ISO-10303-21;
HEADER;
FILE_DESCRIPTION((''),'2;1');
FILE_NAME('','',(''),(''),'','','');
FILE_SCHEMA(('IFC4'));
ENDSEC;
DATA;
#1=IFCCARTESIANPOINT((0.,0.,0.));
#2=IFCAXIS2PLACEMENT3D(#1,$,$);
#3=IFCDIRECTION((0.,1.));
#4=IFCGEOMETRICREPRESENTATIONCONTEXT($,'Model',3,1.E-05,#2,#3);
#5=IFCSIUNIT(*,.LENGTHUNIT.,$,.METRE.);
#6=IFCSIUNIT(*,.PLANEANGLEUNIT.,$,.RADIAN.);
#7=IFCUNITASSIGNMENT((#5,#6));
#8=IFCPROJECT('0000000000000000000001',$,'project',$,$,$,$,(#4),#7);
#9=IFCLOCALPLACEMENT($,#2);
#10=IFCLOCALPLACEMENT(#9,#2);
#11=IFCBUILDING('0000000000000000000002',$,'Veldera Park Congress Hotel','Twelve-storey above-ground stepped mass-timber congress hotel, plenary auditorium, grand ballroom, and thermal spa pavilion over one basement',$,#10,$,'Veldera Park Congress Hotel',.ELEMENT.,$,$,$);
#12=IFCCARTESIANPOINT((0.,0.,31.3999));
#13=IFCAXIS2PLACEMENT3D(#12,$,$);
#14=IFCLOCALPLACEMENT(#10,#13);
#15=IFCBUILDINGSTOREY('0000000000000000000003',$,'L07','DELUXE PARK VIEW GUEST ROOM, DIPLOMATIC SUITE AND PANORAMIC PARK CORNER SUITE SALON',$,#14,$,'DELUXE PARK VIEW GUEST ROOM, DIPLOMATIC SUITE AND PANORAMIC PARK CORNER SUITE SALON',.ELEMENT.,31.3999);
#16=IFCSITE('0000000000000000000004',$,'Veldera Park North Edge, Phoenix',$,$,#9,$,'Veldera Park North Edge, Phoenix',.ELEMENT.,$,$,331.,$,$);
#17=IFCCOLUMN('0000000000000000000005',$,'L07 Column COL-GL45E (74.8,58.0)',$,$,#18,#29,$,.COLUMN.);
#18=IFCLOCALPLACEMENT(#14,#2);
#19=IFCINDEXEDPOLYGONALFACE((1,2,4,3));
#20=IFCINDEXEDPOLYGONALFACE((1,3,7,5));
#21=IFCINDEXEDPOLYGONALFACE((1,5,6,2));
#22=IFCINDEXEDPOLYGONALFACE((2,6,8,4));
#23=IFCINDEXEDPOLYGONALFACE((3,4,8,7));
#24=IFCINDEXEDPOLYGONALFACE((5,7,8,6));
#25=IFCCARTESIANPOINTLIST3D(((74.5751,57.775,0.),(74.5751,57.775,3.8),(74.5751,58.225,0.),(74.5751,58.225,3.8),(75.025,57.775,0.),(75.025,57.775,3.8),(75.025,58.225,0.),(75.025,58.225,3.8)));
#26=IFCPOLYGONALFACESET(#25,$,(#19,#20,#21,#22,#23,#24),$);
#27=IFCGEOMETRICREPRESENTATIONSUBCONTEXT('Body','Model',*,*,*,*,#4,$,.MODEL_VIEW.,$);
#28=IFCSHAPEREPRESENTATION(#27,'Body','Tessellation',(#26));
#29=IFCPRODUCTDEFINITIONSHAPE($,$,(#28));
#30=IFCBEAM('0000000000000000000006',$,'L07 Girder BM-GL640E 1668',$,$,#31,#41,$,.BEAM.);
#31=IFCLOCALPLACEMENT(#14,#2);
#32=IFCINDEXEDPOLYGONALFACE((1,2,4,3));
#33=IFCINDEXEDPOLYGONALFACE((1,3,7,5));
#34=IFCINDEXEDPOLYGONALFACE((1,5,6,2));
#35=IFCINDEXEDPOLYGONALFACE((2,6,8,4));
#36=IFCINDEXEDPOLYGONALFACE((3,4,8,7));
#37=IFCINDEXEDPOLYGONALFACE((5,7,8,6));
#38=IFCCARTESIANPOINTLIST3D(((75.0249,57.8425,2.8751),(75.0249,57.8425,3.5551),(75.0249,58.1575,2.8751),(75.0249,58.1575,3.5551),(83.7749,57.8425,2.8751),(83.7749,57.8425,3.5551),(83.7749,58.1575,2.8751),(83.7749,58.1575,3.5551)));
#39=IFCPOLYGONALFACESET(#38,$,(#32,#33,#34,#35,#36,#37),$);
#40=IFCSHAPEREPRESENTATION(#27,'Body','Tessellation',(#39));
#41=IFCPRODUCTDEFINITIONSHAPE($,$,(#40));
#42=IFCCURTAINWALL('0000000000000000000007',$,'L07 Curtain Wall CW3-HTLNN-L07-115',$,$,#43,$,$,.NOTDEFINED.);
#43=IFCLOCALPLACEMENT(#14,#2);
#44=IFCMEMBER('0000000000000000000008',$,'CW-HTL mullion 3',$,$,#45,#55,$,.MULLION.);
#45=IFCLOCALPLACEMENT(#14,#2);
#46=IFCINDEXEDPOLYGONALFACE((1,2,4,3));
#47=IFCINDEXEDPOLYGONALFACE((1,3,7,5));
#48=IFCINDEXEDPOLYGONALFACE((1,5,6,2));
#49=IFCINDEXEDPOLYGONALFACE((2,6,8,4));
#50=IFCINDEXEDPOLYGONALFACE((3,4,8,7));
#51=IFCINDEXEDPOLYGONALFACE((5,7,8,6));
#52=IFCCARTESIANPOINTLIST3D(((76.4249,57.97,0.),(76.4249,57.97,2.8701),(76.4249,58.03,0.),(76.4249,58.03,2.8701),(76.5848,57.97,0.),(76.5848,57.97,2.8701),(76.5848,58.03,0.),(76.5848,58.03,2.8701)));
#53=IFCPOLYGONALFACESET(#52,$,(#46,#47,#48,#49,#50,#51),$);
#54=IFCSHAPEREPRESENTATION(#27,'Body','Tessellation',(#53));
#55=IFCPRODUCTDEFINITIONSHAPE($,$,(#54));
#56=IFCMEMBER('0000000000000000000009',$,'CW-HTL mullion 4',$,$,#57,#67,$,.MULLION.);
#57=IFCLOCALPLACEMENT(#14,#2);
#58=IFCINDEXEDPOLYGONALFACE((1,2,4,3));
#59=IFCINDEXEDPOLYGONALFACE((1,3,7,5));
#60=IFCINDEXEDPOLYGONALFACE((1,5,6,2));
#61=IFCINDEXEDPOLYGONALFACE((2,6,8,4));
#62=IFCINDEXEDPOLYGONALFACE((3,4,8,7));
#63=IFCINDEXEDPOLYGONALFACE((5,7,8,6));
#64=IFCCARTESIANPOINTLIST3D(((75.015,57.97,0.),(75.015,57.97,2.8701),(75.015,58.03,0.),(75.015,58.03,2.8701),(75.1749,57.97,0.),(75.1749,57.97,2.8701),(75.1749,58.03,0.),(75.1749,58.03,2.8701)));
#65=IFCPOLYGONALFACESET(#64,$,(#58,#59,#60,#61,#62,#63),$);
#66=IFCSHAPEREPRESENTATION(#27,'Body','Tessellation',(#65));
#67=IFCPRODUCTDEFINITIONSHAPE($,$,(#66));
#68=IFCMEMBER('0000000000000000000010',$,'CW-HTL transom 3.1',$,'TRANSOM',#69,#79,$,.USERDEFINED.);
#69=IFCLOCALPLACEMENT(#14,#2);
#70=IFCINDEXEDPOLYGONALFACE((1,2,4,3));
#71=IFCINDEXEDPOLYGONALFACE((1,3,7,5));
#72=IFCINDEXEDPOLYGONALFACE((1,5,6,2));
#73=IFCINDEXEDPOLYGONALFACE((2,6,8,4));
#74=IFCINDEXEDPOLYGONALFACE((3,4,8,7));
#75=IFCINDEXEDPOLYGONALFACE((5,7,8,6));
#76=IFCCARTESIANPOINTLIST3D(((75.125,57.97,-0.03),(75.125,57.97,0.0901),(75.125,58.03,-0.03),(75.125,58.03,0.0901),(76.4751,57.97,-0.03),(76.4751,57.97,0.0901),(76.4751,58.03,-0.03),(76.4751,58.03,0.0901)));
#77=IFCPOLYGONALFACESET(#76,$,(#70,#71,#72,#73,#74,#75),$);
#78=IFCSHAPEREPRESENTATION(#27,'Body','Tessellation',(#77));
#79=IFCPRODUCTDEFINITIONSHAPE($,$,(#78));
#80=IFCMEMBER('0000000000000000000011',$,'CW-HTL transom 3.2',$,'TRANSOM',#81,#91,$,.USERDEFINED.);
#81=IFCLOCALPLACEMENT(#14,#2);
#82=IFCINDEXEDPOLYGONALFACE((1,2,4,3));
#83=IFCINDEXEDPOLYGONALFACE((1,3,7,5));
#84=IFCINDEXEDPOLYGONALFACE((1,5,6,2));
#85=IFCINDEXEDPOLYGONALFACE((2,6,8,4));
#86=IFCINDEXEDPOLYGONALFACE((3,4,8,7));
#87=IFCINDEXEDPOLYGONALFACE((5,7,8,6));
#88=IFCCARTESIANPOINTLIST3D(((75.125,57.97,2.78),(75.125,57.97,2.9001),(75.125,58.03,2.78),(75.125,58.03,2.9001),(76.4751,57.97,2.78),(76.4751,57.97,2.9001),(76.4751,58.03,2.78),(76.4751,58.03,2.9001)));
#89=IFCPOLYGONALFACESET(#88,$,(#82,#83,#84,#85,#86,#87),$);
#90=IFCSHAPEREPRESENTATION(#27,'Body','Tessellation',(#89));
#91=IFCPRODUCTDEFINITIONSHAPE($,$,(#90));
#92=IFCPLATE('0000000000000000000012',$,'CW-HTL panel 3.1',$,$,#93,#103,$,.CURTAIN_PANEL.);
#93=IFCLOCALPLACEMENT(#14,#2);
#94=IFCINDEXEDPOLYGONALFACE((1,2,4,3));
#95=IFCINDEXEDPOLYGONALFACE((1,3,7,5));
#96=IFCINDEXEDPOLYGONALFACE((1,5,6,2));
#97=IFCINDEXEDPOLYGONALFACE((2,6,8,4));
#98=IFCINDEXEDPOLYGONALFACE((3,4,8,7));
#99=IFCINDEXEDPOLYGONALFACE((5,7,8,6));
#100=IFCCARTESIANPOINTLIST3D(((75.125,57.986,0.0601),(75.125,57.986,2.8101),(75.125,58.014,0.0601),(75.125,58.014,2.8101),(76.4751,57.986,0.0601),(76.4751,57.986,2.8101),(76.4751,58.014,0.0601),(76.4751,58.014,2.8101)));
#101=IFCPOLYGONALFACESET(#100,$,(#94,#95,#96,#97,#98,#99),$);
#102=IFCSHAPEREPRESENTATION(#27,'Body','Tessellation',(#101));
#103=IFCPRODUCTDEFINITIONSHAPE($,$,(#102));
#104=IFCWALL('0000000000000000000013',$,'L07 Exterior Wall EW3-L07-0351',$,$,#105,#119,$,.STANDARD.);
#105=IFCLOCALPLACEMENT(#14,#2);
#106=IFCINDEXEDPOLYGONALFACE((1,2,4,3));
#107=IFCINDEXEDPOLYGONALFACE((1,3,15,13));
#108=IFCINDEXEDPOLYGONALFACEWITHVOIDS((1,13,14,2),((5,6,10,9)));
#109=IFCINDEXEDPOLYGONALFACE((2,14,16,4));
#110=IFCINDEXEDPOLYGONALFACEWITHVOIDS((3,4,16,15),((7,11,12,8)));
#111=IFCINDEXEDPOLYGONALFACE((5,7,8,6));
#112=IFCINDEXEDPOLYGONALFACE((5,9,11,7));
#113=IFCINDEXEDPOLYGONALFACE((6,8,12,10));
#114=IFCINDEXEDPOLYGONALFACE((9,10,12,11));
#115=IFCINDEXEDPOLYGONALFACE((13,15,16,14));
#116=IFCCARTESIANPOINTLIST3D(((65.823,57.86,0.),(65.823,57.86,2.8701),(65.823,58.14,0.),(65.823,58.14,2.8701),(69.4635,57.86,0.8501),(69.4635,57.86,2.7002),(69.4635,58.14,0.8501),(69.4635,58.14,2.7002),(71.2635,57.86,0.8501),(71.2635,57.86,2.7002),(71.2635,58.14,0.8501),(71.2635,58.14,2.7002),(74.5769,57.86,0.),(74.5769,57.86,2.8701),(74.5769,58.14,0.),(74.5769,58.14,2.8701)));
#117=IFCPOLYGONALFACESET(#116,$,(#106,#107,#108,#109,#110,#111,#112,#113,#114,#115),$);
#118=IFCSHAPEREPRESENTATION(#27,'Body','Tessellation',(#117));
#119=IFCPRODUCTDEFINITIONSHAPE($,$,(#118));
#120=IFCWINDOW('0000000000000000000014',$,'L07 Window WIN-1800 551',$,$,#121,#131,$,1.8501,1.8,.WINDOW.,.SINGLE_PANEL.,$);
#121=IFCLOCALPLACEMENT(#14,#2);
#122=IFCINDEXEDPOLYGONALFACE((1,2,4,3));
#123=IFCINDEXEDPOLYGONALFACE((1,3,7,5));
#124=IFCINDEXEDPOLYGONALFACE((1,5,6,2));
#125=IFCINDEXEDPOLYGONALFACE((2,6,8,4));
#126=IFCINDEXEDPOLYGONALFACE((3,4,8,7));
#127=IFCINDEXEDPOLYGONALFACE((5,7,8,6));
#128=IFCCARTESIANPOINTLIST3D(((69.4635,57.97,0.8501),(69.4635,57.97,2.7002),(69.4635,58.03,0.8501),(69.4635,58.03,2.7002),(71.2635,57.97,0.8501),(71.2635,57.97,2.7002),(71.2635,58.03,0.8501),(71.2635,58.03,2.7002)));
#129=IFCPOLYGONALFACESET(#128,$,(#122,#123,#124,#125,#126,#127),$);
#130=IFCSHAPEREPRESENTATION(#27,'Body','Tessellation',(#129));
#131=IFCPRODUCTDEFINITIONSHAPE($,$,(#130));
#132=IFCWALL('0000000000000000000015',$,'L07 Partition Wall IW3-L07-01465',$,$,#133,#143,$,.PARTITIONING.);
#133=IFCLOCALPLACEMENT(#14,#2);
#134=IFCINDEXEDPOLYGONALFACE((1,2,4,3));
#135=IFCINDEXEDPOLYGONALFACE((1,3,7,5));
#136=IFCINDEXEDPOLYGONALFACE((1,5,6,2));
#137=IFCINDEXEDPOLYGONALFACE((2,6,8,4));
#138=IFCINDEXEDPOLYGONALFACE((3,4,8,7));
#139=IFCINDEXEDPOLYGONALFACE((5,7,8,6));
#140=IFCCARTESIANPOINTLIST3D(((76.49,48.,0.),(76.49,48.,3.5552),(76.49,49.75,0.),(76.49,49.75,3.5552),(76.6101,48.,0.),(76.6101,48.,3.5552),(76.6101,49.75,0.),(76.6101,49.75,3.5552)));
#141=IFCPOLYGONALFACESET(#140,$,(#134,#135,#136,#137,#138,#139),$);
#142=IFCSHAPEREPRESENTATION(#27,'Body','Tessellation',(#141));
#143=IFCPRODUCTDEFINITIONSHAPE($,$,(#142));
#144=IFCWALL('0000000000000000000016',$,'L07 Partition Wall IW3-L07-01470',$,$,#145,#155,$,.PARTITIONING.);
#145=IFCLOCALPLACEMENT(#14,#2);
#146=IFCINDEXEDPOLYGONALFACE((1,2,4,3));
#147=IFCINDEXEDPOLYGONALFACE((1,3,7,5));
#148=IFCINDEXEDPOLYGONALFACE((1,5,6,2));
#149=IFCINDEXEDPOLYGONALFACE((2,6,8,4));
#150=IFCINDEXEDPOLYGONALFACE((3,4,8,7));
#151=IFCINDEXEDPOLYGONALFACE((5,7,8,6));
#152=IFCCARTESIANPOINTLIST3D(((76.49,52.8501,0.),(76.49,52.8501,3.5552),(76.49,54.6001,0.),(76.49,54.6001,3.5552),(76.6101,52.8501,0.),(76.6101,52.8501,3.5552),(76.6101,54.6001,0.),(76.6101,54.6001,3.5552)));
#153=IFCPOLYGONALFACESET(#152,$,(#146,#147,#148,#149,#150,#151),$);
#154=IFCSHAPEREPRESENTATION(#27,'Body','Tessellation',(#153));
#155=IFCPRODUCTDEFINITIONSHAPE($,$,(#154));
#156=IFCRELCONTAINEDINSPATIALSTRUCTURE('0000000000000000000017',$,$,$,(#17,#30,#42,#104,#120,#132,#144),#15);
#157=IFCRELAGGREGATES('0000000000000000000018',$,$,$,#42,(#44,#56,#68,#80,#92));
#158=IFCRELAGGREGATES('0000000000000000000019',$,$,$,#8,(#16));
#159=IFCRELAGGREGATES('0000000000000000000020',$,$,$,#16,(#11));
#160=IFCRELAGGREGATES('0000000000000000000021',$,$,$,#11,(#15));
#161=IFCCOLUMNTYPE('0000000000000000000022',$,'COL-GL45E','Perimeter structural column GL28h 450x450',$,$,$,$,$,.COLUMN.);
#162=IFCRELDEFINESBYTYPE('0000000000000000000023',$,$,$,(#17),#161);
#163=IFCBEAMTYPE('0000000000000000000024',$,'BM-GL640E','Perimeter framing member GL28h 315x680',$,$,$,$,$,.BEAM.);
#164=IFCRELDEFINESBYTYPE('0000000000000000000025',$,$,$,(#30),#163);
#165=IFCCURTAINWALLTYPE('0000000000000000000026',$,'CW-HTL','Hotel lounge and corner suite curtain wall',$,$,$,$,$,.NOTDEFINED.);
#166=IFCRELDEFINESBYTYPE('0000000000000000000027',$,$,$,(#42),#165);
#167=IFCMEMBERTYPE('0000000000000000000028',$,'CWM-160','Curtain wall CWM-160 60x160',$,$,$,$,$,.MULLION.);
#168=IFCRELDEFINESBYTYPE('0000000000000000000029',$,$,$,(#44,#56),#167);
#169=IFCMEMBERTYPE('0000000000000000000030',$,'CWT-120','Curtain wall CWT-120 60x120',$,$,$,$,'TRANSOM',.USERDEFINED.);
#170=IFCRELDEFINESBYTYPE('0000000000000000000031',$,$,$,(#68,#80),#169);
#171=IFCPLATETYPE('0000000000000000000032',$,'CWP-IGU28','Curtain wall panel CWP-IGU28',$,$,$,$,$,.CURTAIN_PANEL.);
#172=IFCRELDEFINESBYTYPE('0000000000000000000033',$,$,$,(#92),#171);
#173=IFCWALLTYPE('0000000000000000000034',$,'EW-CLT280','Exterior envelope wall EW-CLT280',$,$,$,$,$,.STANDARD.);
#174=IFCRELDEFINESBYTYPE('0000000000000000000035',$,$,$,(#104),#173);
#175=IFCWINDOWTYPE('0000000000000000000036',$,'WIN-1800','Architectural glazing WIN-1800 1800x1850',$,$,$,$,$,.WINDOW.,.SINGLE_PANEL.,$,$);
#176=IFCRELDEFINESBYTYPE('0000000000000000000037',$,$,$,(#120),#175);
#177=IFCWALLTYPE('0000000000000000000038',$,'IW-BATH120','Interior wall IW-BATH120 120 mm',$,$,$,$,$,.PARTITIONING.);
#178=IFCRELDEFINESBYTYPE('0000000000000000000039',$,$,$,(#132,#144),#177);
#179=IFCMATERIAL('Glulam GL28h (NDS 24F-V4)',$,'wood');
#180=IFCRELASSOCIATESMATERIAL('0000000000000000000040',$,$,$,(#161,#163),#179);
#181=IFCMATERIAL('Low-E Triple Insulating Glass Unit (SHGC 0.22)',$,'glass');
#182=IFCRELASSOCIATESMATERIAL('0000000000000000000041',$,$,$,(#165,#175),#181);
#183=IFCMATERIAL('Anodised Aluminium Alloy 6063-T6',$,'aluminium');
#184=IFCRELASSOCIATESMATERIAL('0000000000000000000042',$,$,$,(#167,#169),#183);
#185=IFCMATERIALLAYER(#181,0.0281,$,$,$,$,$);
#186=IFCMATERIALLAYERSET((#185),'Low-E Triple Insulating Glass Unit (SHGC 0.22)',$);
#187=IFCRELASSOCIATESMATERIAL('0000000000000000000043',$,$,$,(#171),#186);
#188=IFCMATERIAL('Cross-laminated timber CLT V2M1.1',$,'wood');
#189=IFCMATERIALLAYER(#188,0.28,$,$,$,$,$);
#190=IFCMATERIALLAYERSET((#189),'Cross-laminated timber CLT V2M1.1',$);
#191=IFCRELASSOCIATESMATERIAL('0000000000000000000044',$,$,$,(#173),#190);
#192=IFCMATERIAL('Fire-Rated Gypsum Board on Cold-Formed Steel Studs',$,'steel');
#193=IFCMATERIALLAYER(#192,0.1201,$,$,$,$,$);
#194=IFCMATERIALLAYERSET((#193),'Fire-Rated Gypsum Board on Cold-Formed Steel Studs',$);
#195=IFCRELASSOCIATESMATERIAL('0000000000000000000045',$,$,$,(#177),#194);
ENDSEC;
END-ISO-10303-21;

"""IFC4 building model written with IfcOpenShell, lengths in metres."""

from ifc_helpers import new_model, si_unit, direction, frame, frame_2d, origin, origin_2d, place, context, subcontext, project, spatial, rectangle, extrude, material, layer, layer_set, material_profile, profile_set, type_object, element, fill, aggregate, save


model = new_model("IFC4")

# Units and contexts
model_context = context("Model", 3, precision=1e-05, world=origin(), true_north=direction((0.0, 1.0)))
body_context = subcontext(model_context, "Body", "Model", "MODEL_VIEW")
ifc_project = project(units=[si_unit("LENGTHUNIT", "METRE"), si_unit("PLANEANGLEUNIT", "RADIAN")], contexts=[model_context])

# Site, building, storey
site_placement = place(None, origin())
site = spatial("IfcSite", under=ifc_project, at=site_placement, Name="Veldera Park North Edge, Phoenix", LongName="Veldera Park North Edge, Phoenix", CompositionType="ELEMENT", RefElevation=331.0)
building_placement = place(site_placement, origin())
building = spatial("IfcBuilding", under=site, at=building_placement, Name="Veldera Park Congress Hotel", Description="Twelve-storey above-ground stepped mass-timber congress hotel, plenary auditorium, grand ballroom, and thermal spa pavilion over one basement", LongName="Veldera Park Congress Hotel", CompositionType="ELEMENT")
storey_placement = place(building_placement, frame((0.0, 0.0, 31.3999)))
storey = spatial("IfcBuildingStorey", under=building, at=storey_placement, Name="L07", Description="DELUXE PARK VIEW GUEST ROOM, DIPLOMATIC SUITE AND PANORAMIC PARK CORNER SUITE SALON", LongName="DELUXE PARK VIEW GUEST ROOM, DIPLOMATIC SUITE AND PANORAMIC PARK CORNER SUITE SALON", CompositionType="ELEMENT", Elevation=31.3999)

# Column
ifc_material_1 = material(Name="Glulam GL28h (NDS 24F-V4)", Category="wood")
ifc_material_profile_1 = material_profile(ifc_material_1, rectangle(XDim=0.45, YDim=0.45, at=origin_2d()), Name="GL28h 450x450")
ifc_profile_set_1 = profile_set([ifc_material_profile_1], Name="Glulam GL28h (NDS 24F-V4)")
column_type = type_object("IfcColumnType", Name="COL-GL45E", Description="Perimeter structural column GL28h 450x450", PredefinedType="COLUMN", material=ifc_profile_set_1)
column_placement = place(storey_placement, frame((74.8, 58.0, 0.0), z_axis=(0.0, 0.0, 1.0), x_axis=(1.0, 0.0, 0.0)))
element("IfcColumn", 1, at=column_placement, inside=storey, type_object=column_type, Name="L07 Column COL-GL45E (74.8,58.0)", PredefinedType="COLUMN", context=body_context, shape_type="SweptSolid", body=[
    extrude(rectangle(XDim=0.45, YDim=0.45, at=origin_2d()), origin(), (0.0, 0.0, 1.0), 3.8),
])

# Beam
ifc_material_profile_2 = material_profile(ifc_material_1, rectangle(XDim=0.3149, YDim=0.6799, at=origin_2d()), Name="GL28h 315x680")
ifc_profile_set_2 = profile_set([ifc_material_profile_2], Name="Glulam GL28h (NDS 24F-V4)")
beam_type = type_object("IfcBeamType", Name="BM-GL640E", Description="Perimeter framing member GL28h 315x680", PredefinedType="BEAM", material=ifc_profile_set_2)
beam_placement = place(storey_placement, frame((75.0249, 58.0, 3.2151), z_axis=(1.0, 0.0, 0.0), x_axis=(0.0, 1.0, 0.0)))
element("IfcBeam", 2, at=beam_placement, inside=storey, type_object=beam_type, Name="L07 Girder BM-GL640E 1668", PredefinedType="BEAM", context=body_context, shape_type="SweptSolid", body=[
    extrude(rectangle(XDim=0.3149, YDim=0.6799, at=origin_2d()), origin(), (0.0, 0.0, 1.0), 8.75),
])

# Curtain wall, members, plate
ifc_material_2 = material(Name="Low-E Triple Insulating Glass Unit (SHGC 0.22)", Category="glass")
curtain_wall_type = type_object("IfcCurtainWallType", Name="CW-HTL", Description="Hotel lounge and corner suite curtain wall", PredefinedType="NOTDEFINED", material=ifc_material_2)
curtain_wall_placement = place(storey_placement, origin())
curtain_wall = element("IfcCurtainWall", 3, at=curtain_wall_placement, inside=storey, type_object=curtain_wall_type, Name="L07 Curtain Wall CW3-HTLNN-L07-115", PredefinedType="NOTDEFINED")
ifc_material_3 = material(Name="Anodised Aluminium Alloy 6063-T6", Category="aluminium")
ifc_material_profile_3 = material_profile(ifc_material_3, rectangle(XDim=0.0601, YDim=0.1599, at=origin_2d()), Name="ALU 60x160")
ifc_profile_set_3 = profile_set([ifc_material_profile_3], Name="Anodised Aluminium Alloy 6063-T6")
member_type_1 = type_object("IfcMemberType", Name="CWM-160", Description="Curtain wall CWM-160 60x160", PredefinedType="MULLION", material=ifc_profile_set_3)
member_1_placement = place(storey_placement, frame((76.5049, 58.0, 0.0), z_axis=(0.0, 0.0, 1.0), x_axis=(0.0, -1.0, 0.0)))
member_1 = element("IfcMember", 4, at=member_1_placement, type_object=member_type_1, Name="CW-HTL mullion 3", PredefinedType="MULLION", context=body_context, shape_type="SweptSolid", body=[
    extrude(rectangle(XDim=0.0601, YDim=0.1599, at=origin_2d()), origin(), (0.0, 0.0, 1.0), 2.8701),
])
member_2_placement = place(storey_placement, frame((75.095, 58.0, 0.0), z_axis=(0.0, 0.0, 1.0), x_axis=(0.0, -1.0, 0.0)))
member_2 = element("IfcMember", 5, at=member_2_placement, type_object=member_type_1, Name="CW-HTL mullion 4", PredefinedType="MULLION", context=body_context, shape_type="SweptSolid", body=[
    extrude(rectangle(XDim=0.0601, YDim=0.1599, at=origin_2d()), origin(), (0.0, 0.0, 1.0), 2.8701),
])
ifc_material_profile_4 = material_profile(ifc_material_3, rectangle(XDim=0.0601, YDim=0.1201, at=origin_2d()), Name="ALU 60x120")
ifc_profile_set_4 = profile_set([ifc_material_profile_4], Name="Anodised Aluminium Alloy 6063-T6")
member_type_2 = type_object("IfcMemberType", Name="CWT-120", Description="Curtain wall CWT-120 60x120", ElementType="TRANSOM", PredefinedType="USERDEFINED", material=ifc_profile_set_4)
member_3_placement = place(storey_placement, frame((76.4751, 58.0, 0.03), z_axis=(-1.0, 0.0, 0.0), x_axis=(0.0, -1.0, 0.0)))
member_3 = element("IfcMember", 6, at=member_3_placement, type_object=member_type_2, Name="CW-HTL transom 3.1", ObjectType="TRANSOM", PredefinedType="USERDEFINED", context=body_context, shape_type="SweptSolid", body=[
    extrude(rectangle(XDim=0.0601, YDim=0.1201, at=origin_2d()), origin(), (0.0, 0.0, 1.0), 1.3501),
])
member_4_placement = place(storey_placement, frame((76.4751, 58.0, 2.8401), z_axis=(-1.0, 0.0, 0.0), x_axis=(0.0, -1.0, 0.0)))
member_4 = element("IfcMember", 7, at=member_4_placement, type_object=member_type_2, Name="CW-HTL transom 3.2", ObjectType="TRANSOM", PredefinedType="USERDEFINED", context=body_context, shape_type="SweptSolid", body=[
    extrude(rectangle(XDim=0.0601, YDim=0.1201, at=origin_2d()), origin(), (0.0, 0.0, 1.0), 1.3501),
])
ifc_layer_1 = layer(ifc_material_2, 0.0281)
ifc_layer_set_1 = layer_set([ifc_layer_1], Name="Low-E Triple Insulating Glass Unit (SHGC 0.22)")
plate_type = type_object("IfcPlateType", Name="CWP-IGU28", Description="Curtain wall panel CWP-IGU28", PredefinedType="CURTAIN_PANEL", material=ifc_layer_set_1)
plate_placement = place(storey_placement, frame((75.8, 58.0, 0.0601), z_axis=(0.0, 0.0, 1.0), x_axis=(-1.0, 0.0, 0.0)))
plate = element("IfcPlate", 8, at=plate_placement, type_object=plate_type, Name="CW-HTL panel 3.1", PredefinedType="CURTAIN_PANEL", context=body_context, shape_type="SweptSolid", body=[
    extrude(rectangle(XDim=1.3501, YDim=0.0281, at=origin_2d()), origin(), (0.0, 0.0, 1.0), 2.75),
])
aggregate(curtain_wall, [member_1, member_2, member_3, member_4, plate])

# Wall, opening, window
ifc_material_4 = material(Name="Cross-laminated timber CLT V2M1.1", Category="wood")
ifc_layer_2 = layer(ifc_material_4, 0.28)
ifc_layer_set_2 = layer_set([ifc_layer_2], Name="Cross-laminated timber CLT V2M1.1")
wall_type_1 = type_object("IfcWallType", Name="EW-CLT280", Description="Exterior envelope wall EW-CLT280", PredefinedType="STANDARD", material=ifc_layer_set_2)
wall_1_placement = place(storey_placement, frame((74.5769, 58.0, 0.0), z_axis=(0.0, 0.0, 1.0), x_axis=(-1.0, 0.0, 0.0)))
wall_1 = element("IfcWall", 9, at=wall_1_placement, inside=storey, type_object=wall_type_1, Name="L07 Exterior Wall EW3-L07-0351", PredefinedType="STANDARD", context=body_context, shape_type="SweptSolid", body=[
    extrude(rectangle(XDim=8.7539, YDim=0.28, at=frame_2d((4.377, 0.0))), origin(), (0.0, 0.0, 1.0), 2.8701),
])
opening_1_placement = place(wall_1_placement, frame((3.3135, 0.0, 0.8501)))
opening_1 = element("IfcOpeningElement", 10, at=opening_1_placement, cuts=wall_1, PredefinedType="OPENING", context=body_context, shape_type="SweptSolid", body=[
    extrude(rectangle(XDim=1.8, YDim=1.8501, at=frame_2d((0.8999, 0.925))), frame((0.0, 0.1521, 0.0), z_axis=(0.0, -1.0, 0.0), x_axis=(1.0, 0.0, 0.0)), (0.0, 0.0, 1.0), 0.304),
])
window_type = type_object("IfcWindowType", Name="WIN-1800", Description="Architectural glazing WIN-1800 1800x1850", PartitioningType="SINGLE_PANEL", PredefinedType="WINDOW", material=ifc_material_2)
window_placement = place(opening_1_placement, origin())
window = element("IfcWindow", 11, at=window_placement, inside=storey, type_object=window_type, Name="L07 Window WIN-1800 551", OverallHeight=1.8501, OverallWidth=1.8, PartitioningType="SINGLE_PANEL", PredefinedType="WINDOW", context=body_context, shape_type="SweptSolid", body=[
    extrude(rectangle(XDim=1.8, YDim=1.8501, at=frame_2d((0.8999, 0.925))), frame((0.0, 0.03, 0.0), z_axis=(0.0, -1.0, 0.0), x_axis=(1.0, 0.0, 0.0)), (0.0, 0.0, 1.0), 0.0601),
])
fill(opening_1, window)

# Wall
ifc_material_5 = material(Name="Fire-Rated Gypsum Board on Cold-Formed Steel Studs", Category="steel")
ifc_layer_3 = layer(ifc_material_5, 0.1201)
ifc_layer_set_3 = layer_set([ifc_layer_3], Name="Fire-Rated Gypsum Board on Cold-Formed Steel Studs")
wall_type_2 = type_object("IfcWallType", Name="IW-BATH120", Description="Interior wall IW-BATH120 120 mm", PredefinedType="PARTITIONING", material=ifc_layer_set_3)
wall_2_placement = place(storey_placement, frame((76.55, 48.0, 0.0), z_axis=(0.0, 0.0, 1.0), x_axis=(0.0, 1.0, 0.0)))
element("IfcWall", 12, at=wall_2_placement, inside=storey, type_object=wall_type_2, Name="L07 Partition Wall IW3-L07-01465", PredefinedType="PARTITIONING", context=body_context, shape_type="SweptSolid", body=[
    extrude(rectangle(XDim=1.75, YDim=0.1201, at=frame_2d((0.875, 0.0))), origin(), (0.0, 0.0, 1.0), 3.5552),
])

# Wall
wall_3_placement = place(storey_placement, frame((76.55, 52.8501, 0.0), z_axis=(0.0, 0.0, 1.0), x_axis=(0.0, 1.0, 0.0)))
element("IfcWall", 13, at=wall_3_placement, inside=storey, type_object=wall_type_2, Name="L07 Partition Wall IW3-L07-01470", PredefinedType="PARTITIONING", context=body_context, shape_type="SweptSolid", body=[
    extrude(rectangle(XDim=1.75, YDim=0.1201, at=frame_2d((0.875, 0.0))), origin(), (0.0, 0.0, 1.0), 3.5552),
])

save(model, "model.ifc")
